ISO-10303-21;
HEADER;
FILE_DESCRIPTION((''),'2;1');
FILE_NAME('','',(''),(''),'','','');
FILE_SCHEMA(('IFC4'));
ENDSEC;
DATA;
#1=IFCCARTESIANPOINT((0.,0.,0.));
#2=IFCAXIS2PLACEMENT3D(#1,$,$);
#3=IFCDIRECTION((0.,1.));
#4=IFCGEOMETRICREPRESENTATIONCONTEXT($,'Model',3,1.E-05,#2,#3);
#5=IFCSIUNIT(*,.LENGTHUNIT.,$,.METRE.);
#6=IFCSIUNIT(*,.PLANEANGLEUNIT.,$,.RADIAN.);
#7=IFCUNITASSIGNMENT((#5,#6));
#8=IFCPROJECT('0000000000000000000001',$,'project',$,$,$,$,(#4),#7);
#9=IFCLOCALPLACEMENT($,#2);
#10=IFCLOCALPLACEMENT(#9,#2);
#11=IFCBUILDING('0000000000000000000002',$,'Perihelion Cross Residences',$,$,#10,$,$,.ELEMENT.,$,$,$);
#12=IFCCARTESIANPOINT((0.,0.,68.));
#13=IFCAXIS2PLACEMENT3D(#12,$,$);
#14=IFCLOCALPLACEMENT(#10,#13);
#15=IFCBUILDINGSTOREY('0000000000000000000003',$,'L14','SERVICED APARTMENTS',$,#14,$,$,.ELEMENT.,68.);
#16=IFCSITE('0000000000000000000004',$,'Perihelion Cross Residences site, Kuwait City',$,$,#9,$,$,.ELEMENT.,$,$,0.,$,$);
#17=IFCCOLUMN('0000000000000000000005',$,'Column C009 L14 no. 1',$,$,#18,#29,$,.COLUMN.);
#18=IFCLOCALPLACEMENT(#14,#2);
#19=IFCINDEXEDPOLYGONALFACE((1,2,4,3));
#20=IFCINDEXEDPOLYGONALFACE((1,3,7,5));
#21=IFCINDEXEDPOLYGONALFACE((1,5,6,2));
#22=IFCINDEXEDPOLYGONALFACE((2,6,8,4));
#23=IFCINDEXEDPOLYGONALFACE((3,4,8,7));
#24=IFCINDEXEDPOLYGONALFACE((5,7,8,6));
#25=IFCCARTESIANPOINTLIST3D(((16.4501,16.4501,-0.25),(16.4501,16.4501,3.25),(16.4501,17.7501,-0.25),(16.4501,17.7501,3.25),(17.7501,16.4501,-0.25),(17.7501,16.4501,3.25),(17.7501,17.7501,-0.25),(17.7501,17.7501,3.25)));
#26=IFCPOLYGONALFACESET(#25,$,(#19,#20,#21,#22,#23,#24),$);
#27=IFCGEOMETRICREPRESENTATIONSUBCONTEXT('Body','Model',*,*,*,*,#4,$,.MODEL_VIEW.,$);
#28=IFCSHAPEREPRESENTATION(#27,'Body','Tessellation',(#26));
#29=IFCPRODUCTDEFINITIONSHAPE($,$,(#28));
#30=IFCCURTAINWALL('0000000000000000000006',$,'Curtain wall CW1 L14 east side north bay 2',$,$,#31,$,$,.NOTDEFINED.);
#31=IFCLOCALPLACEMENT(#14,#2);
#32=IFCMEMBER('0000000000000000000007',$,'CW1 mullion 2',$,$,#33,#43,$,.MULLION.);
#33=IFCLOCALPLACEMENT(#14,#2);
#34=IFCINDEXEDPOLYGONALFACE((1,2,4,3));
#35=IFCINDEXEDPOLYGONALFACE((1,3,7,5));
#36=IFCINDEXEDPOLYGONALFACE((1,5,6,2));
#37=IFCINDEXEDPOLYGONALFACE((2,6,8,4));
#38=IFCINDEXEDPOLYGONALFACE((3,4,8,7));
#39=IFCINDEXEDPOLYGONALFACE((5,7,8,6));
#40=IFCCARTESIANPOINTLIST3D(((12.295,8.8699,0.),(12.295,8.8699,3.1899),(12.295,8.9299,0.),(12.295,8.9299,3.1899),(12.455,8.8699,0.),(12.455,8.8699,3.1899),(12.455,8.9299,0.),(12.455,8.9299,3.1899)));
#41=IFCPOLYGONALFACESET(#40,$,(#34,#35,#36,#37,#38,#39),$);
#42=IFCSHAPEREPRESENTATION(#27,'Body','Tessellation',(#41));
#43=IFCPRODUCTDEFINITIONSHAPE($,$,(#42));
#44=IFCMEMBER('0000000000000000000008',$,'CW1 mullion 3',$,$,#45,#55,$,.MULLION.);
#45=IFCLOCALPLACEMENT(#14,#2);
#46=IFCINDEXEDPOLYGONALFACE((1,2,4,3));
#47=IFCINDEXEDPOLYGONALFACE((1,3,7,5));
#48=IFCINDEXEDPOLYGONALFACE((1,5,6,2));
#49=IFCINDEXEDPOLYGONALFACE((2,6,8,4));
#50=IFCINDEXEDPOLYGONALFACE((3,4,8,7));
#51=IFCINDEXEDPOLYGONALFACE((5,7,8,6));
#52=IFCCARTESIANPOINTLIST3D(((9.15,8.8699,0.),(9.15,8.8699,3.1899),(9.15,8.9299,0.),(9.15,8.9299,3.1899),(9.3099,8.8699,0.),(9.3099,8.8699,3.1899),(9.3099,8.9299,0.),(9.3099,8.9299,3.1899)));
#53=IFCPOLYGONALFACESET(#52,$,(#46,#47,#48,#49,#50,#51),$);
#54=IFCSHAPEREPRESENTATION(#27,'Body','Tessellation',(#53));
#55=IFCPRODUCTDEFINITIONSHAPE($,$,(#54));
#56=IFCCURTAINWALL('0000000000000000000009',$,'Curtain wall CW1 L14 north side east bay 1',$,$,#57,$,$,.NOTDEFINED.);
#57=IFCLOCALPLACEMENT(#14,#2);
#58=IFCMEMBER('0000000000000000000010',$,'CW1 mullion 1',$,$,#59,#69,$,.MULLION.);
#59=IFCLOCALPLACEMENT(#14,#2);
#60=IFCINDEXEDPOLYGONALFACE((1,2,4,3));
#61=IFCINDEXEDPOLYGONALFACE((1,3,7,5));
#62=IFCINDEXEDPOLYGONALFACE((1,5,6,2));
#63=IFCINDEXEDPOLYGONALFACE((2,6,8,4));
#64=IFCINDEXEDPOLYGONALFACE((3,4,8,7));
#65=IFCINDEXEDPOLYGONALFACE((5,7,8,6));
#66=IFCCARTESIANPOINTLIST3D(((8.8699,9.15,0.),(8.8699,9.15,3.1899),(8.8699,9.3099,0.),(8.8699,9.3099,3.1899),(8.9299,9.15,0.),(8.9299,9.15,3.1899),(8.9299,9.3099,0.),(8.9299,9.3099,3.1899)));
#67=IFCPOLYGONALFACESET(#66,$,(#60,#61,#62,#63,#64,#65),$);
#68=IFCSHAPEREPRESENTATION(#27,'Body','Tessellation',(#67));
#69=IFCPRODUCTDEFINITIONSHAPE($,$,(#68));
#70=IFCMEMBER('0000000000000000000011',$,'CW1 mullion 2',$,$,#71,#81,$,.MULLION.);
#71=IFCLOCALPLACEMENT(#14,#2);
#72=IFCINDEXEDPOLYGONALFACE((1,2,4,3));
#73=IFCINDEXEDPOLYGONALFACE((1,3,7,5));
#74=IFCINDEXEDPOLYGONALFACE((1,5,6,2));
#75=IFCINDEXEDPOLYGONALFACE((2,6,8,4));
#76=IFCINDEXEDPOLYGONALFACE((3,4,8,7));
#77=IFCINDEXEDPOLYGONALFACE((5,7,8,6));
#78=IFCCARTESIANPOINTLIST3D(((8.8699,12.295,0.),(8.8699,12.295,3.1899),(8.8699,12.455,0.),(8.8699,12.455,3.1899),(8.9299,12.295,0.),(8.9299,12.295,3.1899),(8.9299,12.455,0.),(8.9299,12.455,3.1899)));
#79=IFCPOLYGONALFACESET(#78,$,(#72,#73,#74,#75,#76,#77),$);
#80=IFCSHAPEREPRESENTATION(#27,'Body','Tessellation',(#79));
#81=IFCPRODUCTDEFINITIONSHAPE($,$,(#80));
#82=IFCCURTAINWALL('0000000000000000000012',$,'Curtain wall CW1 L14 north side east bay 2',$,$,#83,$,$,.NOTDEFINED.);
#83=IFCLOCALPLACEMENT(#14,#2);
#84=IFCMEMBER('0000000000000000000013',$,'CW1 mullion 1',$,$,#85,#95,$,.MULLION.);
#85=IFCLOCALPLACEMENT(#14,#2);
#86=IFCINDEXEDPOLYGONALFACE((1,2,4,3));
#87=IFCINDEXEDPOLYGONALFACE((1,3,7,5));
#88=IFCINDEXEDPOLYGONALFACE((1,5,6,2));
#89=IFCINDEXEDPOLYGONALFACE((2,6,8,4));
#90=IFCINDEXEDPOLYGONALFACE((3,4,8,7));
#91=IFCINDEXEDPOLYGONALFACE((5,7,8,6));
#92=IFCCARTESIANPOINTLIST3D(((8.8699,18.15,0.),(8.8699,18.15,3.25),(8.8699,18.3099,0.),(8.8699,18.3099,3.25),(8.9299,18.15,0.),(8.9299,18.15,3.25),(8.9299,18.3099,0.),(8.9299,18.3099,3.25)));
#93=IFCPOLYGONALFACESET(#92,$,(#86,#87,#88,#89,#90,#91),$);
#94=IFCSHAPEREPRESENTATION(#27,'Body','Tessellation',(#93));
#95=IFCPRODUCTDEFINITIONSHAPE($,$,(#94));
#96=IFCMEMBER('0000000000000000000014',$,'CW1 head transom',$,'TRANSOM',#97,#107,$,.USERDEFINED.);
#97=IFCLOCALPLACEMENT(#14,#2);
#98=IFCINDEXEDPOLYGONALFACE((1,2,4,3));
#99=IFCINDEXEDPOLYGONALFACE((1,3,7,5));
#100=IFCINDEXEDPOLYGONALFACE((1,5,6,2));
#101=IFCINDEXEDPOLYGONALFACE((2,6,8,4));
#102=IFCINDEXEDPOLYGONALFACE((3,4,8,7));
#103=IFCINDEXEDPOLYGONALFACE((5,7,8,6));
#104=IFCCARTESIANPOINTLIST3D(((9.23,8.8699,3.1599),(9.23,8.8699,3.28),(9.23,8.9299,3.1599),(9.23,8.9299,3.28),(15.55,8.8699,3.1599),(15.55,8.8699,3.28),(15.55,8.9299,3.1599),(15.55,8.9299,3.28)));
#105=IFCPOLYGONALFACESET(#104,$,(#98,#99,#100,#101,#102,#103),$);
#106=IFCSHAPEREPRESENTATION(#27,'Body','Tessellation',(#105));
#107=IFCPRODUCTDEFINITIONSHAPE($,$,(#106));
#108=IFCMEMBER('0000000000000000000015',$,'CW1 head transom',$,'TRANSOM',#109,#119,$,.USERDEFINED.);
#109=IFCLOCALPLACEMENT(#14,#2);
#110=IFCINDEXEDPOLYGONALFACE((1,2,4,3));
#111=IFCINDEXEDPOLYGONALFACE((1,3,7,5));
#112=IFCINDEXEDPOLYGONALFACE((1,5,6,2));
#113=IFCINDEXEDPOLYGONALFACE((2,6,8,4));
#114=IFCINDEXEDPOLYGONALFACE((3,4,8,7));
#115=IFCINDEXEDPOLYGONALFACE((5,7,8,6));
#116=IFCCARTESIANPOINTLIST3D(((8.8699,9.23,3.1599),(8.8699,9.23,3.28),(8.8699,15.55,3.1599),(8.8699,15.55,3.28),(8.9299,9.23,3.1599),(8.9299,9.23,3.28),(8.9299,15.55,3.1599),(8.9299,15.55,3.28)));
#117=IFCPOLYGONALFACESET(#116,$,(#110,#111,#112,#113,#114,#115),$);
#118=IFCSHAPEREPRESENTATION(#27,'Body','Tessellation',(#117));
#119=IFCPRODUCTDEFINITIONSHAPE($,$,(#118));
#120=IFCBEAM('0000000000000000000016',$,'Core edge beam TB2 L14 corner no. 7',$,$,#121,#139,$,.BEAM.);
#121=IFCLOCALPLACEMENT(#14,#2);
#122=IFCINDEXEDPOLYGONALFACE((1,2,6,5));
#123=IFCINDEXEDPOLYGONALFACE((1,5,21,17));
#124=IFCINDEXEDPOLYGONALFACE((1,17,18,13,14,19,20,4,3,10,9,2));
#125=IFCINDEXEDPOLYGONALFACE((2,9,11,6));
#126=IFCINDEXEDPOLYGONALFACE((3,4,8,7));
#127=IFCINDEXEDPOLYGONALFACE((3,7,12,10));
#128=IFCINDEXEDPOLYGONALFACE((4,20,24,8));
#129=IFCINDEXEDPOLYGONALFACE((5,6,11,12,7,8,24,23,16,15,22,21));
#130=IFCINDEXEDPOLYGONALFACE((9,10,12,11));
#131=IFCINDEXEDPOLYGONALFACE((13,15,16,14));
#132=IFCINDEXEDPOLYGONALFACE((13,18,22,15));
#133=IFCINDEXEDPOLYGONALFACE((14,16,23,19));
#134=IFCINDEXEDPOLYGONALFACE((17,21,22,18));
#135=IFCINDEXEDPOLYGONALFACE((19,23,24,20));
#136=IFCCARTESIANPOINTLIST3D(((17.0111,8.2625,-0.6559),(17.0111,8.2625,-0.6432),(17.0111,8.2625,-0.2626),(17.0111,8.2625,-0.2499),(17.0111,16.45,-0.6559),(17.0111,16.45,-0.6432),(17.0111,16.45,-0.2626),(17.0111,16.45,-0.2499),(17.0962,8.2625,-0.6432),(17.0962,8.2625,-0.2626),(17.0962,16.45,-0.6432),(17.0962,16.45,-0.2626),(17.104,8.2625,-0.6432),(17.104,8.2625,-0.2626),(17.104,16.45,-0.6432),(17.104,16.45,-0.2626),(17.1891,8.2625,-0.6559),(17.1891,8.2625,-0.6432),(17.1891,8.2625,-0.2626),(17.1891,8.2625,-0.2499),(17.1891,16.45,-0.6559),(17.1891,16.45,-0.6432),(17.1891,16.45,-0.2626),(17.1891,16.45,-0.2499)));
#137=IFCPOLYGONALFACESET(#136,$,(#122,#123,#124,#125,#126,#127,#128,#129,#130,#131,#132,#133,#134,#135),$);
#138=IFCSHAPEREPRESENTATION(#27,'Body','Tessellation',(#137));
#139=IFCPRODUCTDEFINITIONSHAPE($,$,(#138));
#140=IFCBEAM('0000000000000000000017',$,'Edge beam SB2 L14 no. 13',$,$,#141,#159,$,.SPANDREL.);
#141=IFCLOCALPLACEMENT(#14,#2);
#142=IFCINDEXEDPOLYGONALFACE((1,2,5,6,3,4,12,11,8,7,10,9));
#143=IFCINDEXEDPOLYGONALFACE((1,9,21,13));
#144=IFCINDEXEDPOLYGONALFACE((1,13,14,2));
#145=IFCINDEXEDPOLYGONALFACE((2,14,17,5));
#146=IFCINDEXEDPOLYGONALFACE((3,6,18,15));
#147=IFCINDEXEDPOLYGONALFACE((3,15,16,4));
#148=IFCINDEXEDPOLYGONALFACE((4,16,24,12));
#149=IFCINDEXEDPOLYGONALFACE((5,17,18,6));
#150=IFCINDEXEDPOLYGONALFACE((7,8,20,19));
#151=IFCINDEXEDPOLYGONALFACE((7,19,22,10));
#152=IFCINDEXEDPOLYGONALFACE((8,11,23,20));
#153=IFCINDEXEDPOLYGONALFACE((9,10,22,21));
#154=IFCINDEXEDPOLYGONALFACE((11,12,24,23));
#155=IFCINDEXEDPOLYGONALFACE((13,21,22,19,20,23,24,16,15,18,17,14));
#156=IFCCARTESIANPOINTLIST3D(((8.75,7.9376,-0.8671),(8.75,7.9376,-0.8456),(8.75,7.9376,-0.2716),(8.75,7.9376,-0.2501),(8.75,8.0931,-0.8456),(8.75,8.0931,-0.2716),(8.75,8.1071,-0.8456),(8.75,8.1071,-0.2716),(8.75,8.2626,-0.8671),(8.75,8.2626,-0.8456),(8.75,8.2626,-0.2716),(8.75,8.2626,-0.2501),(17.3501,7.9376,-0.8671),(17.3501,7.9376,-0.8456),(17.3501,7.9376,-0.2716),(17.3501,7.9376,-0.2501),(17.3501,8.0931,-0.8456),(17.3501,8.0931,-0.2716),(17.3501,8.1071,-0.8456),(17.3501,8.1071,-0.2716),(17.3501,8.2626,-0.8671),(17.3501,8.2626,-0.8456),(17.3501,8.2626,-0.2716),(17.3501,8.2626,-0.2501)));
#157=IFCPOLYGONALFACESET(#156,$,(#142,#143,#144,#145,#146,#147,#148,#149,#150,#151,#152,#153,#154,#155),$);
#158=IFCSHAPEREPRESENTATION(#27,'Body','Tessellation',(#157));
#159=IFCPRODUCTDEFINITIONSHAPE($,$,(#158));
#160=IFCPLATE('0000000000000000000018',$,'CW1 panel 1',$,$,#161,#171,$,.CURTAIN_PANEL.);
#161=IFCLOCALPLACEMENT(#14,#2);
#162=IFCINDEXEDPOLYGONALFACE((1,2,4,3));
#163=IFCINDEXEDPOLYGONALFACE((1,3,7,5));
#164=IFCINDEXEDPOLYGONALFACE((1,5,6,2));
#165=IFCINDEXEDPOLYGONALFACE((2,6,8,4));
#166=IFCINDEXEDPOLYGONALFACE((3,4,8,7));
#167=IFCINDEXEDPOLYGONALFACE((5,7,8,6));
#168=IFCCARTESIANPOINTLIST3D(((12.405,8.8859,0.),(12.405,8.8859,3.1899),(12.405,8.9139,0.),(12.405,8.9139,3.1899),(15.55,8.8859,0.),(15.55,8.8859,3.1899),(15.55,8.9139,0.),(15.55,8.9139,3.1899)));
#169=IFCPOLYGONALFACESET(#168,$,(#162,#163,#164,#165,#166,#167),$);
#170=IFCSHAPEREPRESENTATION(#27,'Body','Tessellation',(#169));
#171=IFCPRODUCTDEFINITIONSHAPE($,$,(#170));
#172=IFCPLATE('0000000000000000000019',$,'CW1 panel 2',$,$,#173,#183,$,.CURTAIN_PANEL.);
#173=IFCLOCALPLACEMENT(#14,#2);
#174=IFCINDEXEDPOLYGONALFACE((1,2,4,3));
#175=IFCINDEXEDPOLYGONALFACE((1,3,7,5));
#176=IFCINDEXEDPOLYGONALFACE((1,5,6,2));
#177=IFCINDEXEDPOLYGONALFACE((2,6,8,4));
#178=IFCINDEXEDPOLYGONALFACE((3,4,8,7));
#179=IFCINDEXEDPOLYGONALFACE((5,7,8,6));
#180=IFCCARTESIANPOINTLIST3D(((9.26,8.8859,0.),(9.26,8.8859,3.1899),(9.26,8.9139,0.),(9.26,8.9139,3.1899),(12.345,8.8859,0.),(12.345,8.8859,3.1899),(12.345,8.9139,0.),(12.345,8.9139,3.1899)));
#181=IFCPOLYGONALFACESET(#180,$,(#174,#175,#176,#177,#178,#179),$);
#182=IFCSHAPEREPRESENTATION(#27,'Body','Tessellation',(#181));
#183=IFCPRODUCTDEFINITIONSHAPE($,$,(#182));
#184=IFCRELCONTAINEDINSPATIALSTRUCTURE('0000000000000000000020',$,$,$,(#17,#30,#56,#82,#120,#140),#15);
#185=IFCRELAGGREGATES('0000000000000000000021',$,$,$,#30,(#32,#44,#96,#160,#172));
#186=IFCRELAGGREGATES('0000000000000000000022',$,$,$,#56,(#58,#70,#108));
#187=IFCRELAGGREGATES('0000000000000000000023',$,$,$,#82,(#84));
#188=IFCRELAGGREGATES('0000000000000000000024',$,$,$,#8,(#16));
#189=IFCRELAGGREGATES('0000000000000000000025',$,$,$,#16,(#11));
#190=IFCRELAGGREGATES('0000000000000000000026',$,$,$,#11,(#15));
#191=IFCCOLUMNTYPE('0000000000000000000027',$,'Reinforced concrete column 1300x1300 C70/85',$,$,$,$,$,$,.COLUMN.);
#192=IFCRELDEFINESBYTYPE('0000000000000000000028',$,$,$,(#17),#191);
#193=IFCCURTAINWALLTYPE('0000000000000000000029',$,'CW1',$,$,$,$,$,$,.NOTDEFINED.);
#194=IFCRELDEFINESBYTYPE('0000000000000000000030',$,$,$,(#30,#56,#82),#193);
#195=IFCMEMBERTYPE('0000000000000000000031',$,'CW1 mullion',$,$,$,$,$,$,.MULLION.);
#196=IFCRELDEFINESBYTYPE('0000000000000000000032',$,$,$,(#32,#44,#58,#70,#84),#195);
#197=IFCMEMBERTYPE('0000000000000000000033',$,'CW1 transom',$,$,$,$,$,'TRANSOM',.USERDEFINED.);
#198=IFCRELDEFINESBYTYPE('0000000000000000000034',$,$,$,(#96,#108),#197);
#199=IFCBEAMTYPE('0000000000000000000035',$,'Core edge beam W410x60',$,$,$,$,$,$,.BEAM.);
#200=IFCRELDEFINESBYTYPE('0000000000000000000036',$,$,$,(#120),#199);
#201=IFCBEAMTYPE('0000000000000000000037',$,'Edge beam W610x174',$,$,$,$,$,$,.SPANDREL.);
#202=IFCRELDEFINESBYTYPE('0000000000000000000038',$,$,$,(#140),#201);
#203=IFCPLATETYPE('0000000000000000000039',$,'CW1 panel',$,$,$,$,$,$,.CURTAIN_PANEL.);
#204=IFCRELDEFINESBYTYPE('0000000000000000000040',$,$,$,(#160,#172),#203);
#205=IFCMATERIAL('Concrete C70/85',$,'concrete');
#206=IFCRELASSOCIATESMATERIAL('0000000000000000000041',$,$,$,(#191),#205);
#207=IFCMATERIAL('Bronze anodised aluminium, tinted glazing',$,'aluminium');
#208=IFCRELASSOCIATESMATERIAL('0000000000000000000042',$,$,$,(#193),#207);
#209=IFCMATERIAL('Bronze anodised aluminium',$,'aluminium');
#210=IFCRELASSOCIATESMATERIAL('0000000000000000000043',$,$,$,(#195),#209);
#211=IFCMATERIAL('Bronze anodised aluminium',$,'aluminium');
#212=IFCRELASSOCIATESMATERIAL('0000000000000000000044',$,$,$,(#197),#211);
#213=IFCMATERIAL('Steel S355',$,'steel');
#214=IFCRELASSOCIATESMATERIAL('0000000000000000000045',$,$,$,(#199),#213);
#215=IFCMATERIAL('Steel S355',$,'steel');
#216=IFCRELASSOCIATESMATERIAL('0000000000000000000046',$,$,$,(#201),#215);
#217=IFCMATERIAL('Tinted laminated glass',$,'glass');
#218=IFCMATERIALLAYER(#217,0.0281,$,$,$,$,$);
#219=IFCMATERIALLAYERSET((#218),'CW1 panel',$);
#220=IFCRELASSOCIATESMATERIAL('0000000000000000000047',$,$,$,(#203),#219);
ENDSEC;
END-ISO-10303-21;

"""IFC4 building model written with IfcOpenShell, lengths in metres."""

from ifc_helpers import new_model, si_unit, direction, frame, origin, origin_2d, place, context, subcontext, project, spatial, rectangle, i_section, extrude, material, layer, layer_set, material_profile, profile_set, type_object, element, aggregate, save


model = new_model("IFC4")

# Units and contexts
model_context = context("Model", 3, precision=1e-05, world=origin(), true_north=direction((0.0, 1.0)))
body_context = subcontext(model_context, "Body", "Model", "MODEL_VIEW")
ifc_project = project(units=[si_unit("LENGTHUNIT", "METRE"), si_unit("PLANEANGLEUNIT", "RADIAN")], contexts=[model_context])

# Site, building, storey
site_placement = place(None, origin())
site = spatial("IfcSite", under=ifc_project, at=site_placement, Name="Perihelion Cross Residences site, Kuwait City", CompositionType="ELEMENT", RefElevation=0.0)
building_placement = place(site_placement, origin())
building = spatial("IfcBuilding", under=site, at=building_placement, Name="Perihelion Cross Residences", CompositionType="ELEMENT")
storey_placement = place(building_placement, frame((0.0, 0.0, 68.0)))
storey = spatial("IfcBuildingStorey", under=building, at=storey_placement, Name="L14", Description="SERVICED APARTMENTS", CompositionType="ELEMENT", Elevation=68.0)

# Column
ifc_material_1 = material(Name="Concrete C70/85", Category="concrete")
ifc_material_profile_1 = material_profile(ifc_material_1, rectangle(XDim=1.3, YDim=1.3, at=origin_2d()), Name="RC 1300x1300")
ifc_profile_set_1 = profile_set([ifc_material_profile_1], Name="Concrete C70/85")
column_type = type_object("IfcColumnType", Name="Reinforced concrete column 1300x1300 C70/85", PredefinedType="COLUMN", material=ifc_profile_set_1)
column_placement = place(storey_placement, frame((17.1001, 17.1001, -0.25), z_axis=(0.0, 0.0, 1.0), x_axis=(1.0, 0.0, 0.0)))
element("IfcColumn", 1, at=column_placement, inside=storey, type_object=column_type, Name="Column C009 L14 no. 1", PredefinedType="COLUMN", context=body_context, shape_type="SweptSolid", body=[
    extrude(rectangle(XDim=1.3, YDim=1.3, at=origin_2d()), origin(), (0.0, 0.0, 1.0), 3.5),
])

# Curtain walls, members
ifc_material_2 = material(Name="Bronze anodised aluminium, tinted glazing", Category="aluminium")
curtain_wall_type = type_object("IfcCurtainWallType", Name="CW1", PredefinedType="NOTDEFINED", material=ifc_material_2)
curtain_wall_1_placement = place(storey_placement, origin())
curtain_wall_1 = element("IfcCurtainWall", 2, at=curtain_wall_1_placement, inside=storey, type_object=curtain_wall_type, Name="Curtain wall CW1 L14 east side north bay 2", PredefinedType="NOTDEFINED")
ifc_material_3 = material(Name="Bronze anodised aluminium", Category="aluminium")
ifc_material_profile_2 = material_profile(ifc_material_3, rectangle(XDim=0.0601, YDim=0.1599, at=origin_2d()), Name="CW1 mullion")
ifc_profile_set_2 = profile_set([ifc_material_profile_2], Name="Bronze anodised aluminium")
member_type_1 = type_object("IfcMemberType", Name="CW1 mullion", PredefinedType="MULLION", material=ifc_profile_set_2)
member_1_placement = place(storey_placement, frame((12.375, 8.8999, 0.0), z_axis=(0.0, 0.0, 1.0), x_axis=(0.0, -1.0, 0.0)))
member_1 = element("IfcMember", 3, at=member_1_placement, type_object=member_type_1, Name="CW1 mullion 2", PredefinedType="MULLION", context=body_context, shape_type="SweptSolid", body=[
    extrude(rectangle(XDim=0.0601, YDim=0.1599, at=origin_2d()), origin(), (0.0, 0.0, 1.0), 3.1899),
])
member_2_placement = place(storey_placement, frame((9.23, 8.8999, 0.0), z_axis=(0.0, 0.0, 1.0), x_axis=(0.0, -1.0, 0.0)))
member_2 = element("IfcMember", 4, at=member_2_placement, type_object=member_type_1, Name="CW1 mullion 3", PredefinedType="MULLION", context=body_context, shape_type="SweptSolid", body=[
    extrude(rectangle(XDim=0.0601, YDim=0.1599, at=origin_2d()), origin(), (0.0, 0.0, 1.0), 3.1899),
])
curtain_wall_2_placement = place(storey_placement, origin())
curtain_wall_2 = element("IfcCurtainWall", 5, at=curtain_wall_2_placement, inside=storey, type_object=curtain_wall_type, Name="Curtain wall CW1 L14 north side east bay 1", PredefinedType="NOTDEFINED")
member_3_placement = place(storey_placement, frame((8.8999, 9.23, 0.0), z_axis=(0.0, 0.0, 1.0), x_axis=(-1.0, 0.0, 0.0)))
member_3 = element("IfcMember", 6, at=member_3_placement, type_object=member_type_1, Name="CW1 mullion 1", PredefinedType="MULLION", context=body_context, shape_type="SweptSolid", body=[
    extrude(rectangle(XDim=0.0601, YDim=0.1599, at=origin_2d()), origin(), (0.0, 0.0, 1.0), 3.1899),
])
member_4_placement = place(storey_placement, frame((8.8999, 12.375, 0.0), z_axis=(0.0, 0.0, 1.0), x_axis=(-1.0, 0.0, 0.0)))
member_4 = element("IfcMember", 7, at=member_4_placement, type_object=member_type_1, Name="CW1 mullion 2", PredefinedType="MULLION", context=body_context, shape_type="SweptSolid", body=[
    extrude(rectangle(XDim=0.0601, YDim=0.1599, at=origin_2d()), origin(), (0.0, 0.0, 1.0), 3.1899),
])

# Curtain wall, member
curtain_wall_3_placement = place(storey_placement, origin())
curtain_wall_3 = element("IfcCurtainWall", 8, at=curtain_wall_3_placement, inside=storey, type_object=curtain_wall_type, Name="Curtain wall CW1 L14 north side east bay 2", PredefinedType="NOTDEFINED")
member_5_placement = place(storey_placement, frame((8.8999, 18.23, 0.0), z_axis=(0.0, 0.0, 1.0), x_axis=(-1.0, 0.0, 0.0)))
member_5 = element("IfcMember", 9, at=member_5_placement, type_object=member_type_1, Name="CW1 mullion 1", PredefinedType="MULLION", context=body_context, shape_type="SweptSolid", body=[
    extrude(rectangle(XDim=0.0601, YDim=0.1599, at=origin_2d()), origin(), (0.0, 0.0, 1.0), 3.25),
])

# Members
ifc_material_4 = material(Name="Bronze anodised aluminium", Category="aluminium")
ifc_material_profile_3 = material_profile(ifc_material_4, rectangle(XDim=0.0601, YDim=0.1201, at=origin_2d()), Name="CW1 transom")
ifc_profile_set_3 = profile_set([ifc_material_profile_3], Name="Bronze anodised aluminium")
member_type_2 = type_object("IfcMemberType", Name="CW1 transom", ElementType="TRANSOM", PredefinedType="USERDEFINED", material=ifc_profile_set_3)
member_6_placement = place(storey_placement, frame((15.55, 8.8999, 3.22), z_axis=(-1.0, 0.0, 0.0), x_axis=(0.0, -1.0, 0.0)))
member_6 = element("IfcMember", 10, at=member_6_placement, type_object=member_type_2, Name="CW1 head transom", ObjectType="TRANSOM", PredefinedType="USERDEFINED", context=body_context, shape_type="SweptSolid", body=[
    extrude(rectangle(XDim=0.0601, YDim=0.1201, at=origin_2d()), origin(), (0.0, 0.0, 1.0), 6.3201),
])
member_7_placement = place(storey_placement, frame((8.8999, 9.23, 3.22), z_axis=(0.0, 1.0, 0.0), x_axis=(-1.0, 0.0, 0.0)))
member_7 = element("IfcMember", 11, at=member_7_placement, type_object=member_type_2, Name="CW1 head transom", ObjectType="TRANSOM", PredefinedType="USERDEFINED", context=body_context, shape_type="SweptSolid", body=[
    extrude(rectangle(XDim=0.0601, YDim=0.1201, at=origin_2d()), origin(), (0.0, 0.0, 1.0), 6.3201),
])

# Beams
ifc_material_5 = material(Name="Steel S355", Category="steel")
ifc_material_profile_4 = material_profile(ifc_material_5, i_section(OverallWidth=0.178, OverallDepth=0.406, WebThickness=0.0078, FlangeThickness=0.0127, at=origin_2d()), Name="W410x60")
ifc_profile_set_4 = profile_set([ifc_material_profile_4], Name="Steel S355")
beam_type_1 = type_object("IfcBeamType", Name="Core edge beam W410x60", PredefinedType="BEAM", material=ifc_profile_set_4)
beam_1_placement = place(storey_placement, frame((17.1001, 8.2625, -0.4529), z_axis=(0.0, 1.0, 0.0), x_axis=(-1.0, 0.0, 0.0)))
element("IfcBeam", 12, at=beam_1_placement, inside=storey, type_object=beam_type_1, Name="Core edge beam TB2 L14 corner no. 7", PredefinedType="BEAM", context=body_context, shape_type="SweptSolid", body=[
    extrude(i_section(OverallWidth=0.178, OverallDepth=0.406, WebThickness=0.0078, FlangeThickness=0.0127, at=origin_2d()), origin(), (0.0, 0.0, 1.0), 8.1875),
])
ifc_material_6 = material(Name="Steel S355", Category="steel")
ifc_material_profile_5 = material_profile(ifc_material_6, i_section(OverallWidth=0.325, OverallDepth=0.6169, WebThickness=0.0139, FlangeThickness=0.0215, at=origin_2d()), Name="W610x174")
ifc_profile_set_5 = profile_set([ifc_material_profile_5], Name="Steel S355")
beam_type_2 = type_object("IfcBeamType", Name="Edge beam W610x174", PredefinedType="SPANDREL", material=ifc_profile_set_5)
beam_2_placement = place(storey_placement, frame((17.3501, 8.1001, -0.5586), z_axis=(-1.0, 0.0, 0.0), x_axis=(0.0, -1.0, 0.0)))
element("IfcBeam", 13, at=beam_2_placement, inside=storey, type_object=beam_type_2, Name="Edge beam SB2 L14 no. 13", PredefinedType="SPANDREL", context=body_context, shape_type="SweptSolid", body=[
    extrude(i_section(OverallWidth=0.325, OverallDepth=0.6169, WebThickness=0.0139, FlangeThickness=0.0215, at=origin_2d()), origin(), (0.0, 0.0, 1.0), 8.6001),
])

# Plates
ifc_material_7 = material(Name="Tinted laminated glass", Category="glass")
ifc_layer_1 = layer(ifc_material_7, 0.0281)
ifc_layer_set_1 = layer_set([ifc_layer_1], Name="CW1 panel")
plate_type = type_object("IfcPlateType", Name="CW1 panel", PredefinedType="CURTAIN_PANEL", material=ifc_layer_set_1)
plate_1_placement = place(storey_placement, frame((13.9775, 8.8999, 0.0), z_axis=(0.0, 0.0, 1.0), x_axis=(-1.0, 0.0, 0.0)))
plate_1 = element("IfcPlate", 14, at=plate_1_placement, type_object=plate_type, Name="CW1 panel 1", PredefinedType="CURTAIN_PANEL", context=body_context, shape_type="SweptSolid", body=[
    extrude(rectangle(XDim=3.145, YDim=0.0281, at=origin_2d()), origin(), (0.0, 0.0, 1.0), 3.1899),
])
plate_2_placement = place(storey_placement, frame((10.8025, 8.8999, 0.0), z_axis=(0.0, 0.0, 1.0), x_axis=(-1.0, 0.0, 0.0)))
plate_2 = element("IfcPlate", 15, at=plate_2_placement, type_object=plate_type, Name="CW1 panel 2", PredefinedType="CURTAIN_PANEL", context=body_context, shape_type="SweptSolid", body=[
    extrude(rectangle(XDim=3.085, YDim=0.0281, at=origin_2d()), origin(), (0.0, 0.0, 1.0), 3.1899),
])
aggregate(curtain_wall_1, [member_1, member_2, member_6, plate_1, plate_2])
aggregate(curtain_wall_2, [member_3, member_4, member_7])
aggregate(curtain_wall_3, [member_5])

save(model, "model.ifc")
